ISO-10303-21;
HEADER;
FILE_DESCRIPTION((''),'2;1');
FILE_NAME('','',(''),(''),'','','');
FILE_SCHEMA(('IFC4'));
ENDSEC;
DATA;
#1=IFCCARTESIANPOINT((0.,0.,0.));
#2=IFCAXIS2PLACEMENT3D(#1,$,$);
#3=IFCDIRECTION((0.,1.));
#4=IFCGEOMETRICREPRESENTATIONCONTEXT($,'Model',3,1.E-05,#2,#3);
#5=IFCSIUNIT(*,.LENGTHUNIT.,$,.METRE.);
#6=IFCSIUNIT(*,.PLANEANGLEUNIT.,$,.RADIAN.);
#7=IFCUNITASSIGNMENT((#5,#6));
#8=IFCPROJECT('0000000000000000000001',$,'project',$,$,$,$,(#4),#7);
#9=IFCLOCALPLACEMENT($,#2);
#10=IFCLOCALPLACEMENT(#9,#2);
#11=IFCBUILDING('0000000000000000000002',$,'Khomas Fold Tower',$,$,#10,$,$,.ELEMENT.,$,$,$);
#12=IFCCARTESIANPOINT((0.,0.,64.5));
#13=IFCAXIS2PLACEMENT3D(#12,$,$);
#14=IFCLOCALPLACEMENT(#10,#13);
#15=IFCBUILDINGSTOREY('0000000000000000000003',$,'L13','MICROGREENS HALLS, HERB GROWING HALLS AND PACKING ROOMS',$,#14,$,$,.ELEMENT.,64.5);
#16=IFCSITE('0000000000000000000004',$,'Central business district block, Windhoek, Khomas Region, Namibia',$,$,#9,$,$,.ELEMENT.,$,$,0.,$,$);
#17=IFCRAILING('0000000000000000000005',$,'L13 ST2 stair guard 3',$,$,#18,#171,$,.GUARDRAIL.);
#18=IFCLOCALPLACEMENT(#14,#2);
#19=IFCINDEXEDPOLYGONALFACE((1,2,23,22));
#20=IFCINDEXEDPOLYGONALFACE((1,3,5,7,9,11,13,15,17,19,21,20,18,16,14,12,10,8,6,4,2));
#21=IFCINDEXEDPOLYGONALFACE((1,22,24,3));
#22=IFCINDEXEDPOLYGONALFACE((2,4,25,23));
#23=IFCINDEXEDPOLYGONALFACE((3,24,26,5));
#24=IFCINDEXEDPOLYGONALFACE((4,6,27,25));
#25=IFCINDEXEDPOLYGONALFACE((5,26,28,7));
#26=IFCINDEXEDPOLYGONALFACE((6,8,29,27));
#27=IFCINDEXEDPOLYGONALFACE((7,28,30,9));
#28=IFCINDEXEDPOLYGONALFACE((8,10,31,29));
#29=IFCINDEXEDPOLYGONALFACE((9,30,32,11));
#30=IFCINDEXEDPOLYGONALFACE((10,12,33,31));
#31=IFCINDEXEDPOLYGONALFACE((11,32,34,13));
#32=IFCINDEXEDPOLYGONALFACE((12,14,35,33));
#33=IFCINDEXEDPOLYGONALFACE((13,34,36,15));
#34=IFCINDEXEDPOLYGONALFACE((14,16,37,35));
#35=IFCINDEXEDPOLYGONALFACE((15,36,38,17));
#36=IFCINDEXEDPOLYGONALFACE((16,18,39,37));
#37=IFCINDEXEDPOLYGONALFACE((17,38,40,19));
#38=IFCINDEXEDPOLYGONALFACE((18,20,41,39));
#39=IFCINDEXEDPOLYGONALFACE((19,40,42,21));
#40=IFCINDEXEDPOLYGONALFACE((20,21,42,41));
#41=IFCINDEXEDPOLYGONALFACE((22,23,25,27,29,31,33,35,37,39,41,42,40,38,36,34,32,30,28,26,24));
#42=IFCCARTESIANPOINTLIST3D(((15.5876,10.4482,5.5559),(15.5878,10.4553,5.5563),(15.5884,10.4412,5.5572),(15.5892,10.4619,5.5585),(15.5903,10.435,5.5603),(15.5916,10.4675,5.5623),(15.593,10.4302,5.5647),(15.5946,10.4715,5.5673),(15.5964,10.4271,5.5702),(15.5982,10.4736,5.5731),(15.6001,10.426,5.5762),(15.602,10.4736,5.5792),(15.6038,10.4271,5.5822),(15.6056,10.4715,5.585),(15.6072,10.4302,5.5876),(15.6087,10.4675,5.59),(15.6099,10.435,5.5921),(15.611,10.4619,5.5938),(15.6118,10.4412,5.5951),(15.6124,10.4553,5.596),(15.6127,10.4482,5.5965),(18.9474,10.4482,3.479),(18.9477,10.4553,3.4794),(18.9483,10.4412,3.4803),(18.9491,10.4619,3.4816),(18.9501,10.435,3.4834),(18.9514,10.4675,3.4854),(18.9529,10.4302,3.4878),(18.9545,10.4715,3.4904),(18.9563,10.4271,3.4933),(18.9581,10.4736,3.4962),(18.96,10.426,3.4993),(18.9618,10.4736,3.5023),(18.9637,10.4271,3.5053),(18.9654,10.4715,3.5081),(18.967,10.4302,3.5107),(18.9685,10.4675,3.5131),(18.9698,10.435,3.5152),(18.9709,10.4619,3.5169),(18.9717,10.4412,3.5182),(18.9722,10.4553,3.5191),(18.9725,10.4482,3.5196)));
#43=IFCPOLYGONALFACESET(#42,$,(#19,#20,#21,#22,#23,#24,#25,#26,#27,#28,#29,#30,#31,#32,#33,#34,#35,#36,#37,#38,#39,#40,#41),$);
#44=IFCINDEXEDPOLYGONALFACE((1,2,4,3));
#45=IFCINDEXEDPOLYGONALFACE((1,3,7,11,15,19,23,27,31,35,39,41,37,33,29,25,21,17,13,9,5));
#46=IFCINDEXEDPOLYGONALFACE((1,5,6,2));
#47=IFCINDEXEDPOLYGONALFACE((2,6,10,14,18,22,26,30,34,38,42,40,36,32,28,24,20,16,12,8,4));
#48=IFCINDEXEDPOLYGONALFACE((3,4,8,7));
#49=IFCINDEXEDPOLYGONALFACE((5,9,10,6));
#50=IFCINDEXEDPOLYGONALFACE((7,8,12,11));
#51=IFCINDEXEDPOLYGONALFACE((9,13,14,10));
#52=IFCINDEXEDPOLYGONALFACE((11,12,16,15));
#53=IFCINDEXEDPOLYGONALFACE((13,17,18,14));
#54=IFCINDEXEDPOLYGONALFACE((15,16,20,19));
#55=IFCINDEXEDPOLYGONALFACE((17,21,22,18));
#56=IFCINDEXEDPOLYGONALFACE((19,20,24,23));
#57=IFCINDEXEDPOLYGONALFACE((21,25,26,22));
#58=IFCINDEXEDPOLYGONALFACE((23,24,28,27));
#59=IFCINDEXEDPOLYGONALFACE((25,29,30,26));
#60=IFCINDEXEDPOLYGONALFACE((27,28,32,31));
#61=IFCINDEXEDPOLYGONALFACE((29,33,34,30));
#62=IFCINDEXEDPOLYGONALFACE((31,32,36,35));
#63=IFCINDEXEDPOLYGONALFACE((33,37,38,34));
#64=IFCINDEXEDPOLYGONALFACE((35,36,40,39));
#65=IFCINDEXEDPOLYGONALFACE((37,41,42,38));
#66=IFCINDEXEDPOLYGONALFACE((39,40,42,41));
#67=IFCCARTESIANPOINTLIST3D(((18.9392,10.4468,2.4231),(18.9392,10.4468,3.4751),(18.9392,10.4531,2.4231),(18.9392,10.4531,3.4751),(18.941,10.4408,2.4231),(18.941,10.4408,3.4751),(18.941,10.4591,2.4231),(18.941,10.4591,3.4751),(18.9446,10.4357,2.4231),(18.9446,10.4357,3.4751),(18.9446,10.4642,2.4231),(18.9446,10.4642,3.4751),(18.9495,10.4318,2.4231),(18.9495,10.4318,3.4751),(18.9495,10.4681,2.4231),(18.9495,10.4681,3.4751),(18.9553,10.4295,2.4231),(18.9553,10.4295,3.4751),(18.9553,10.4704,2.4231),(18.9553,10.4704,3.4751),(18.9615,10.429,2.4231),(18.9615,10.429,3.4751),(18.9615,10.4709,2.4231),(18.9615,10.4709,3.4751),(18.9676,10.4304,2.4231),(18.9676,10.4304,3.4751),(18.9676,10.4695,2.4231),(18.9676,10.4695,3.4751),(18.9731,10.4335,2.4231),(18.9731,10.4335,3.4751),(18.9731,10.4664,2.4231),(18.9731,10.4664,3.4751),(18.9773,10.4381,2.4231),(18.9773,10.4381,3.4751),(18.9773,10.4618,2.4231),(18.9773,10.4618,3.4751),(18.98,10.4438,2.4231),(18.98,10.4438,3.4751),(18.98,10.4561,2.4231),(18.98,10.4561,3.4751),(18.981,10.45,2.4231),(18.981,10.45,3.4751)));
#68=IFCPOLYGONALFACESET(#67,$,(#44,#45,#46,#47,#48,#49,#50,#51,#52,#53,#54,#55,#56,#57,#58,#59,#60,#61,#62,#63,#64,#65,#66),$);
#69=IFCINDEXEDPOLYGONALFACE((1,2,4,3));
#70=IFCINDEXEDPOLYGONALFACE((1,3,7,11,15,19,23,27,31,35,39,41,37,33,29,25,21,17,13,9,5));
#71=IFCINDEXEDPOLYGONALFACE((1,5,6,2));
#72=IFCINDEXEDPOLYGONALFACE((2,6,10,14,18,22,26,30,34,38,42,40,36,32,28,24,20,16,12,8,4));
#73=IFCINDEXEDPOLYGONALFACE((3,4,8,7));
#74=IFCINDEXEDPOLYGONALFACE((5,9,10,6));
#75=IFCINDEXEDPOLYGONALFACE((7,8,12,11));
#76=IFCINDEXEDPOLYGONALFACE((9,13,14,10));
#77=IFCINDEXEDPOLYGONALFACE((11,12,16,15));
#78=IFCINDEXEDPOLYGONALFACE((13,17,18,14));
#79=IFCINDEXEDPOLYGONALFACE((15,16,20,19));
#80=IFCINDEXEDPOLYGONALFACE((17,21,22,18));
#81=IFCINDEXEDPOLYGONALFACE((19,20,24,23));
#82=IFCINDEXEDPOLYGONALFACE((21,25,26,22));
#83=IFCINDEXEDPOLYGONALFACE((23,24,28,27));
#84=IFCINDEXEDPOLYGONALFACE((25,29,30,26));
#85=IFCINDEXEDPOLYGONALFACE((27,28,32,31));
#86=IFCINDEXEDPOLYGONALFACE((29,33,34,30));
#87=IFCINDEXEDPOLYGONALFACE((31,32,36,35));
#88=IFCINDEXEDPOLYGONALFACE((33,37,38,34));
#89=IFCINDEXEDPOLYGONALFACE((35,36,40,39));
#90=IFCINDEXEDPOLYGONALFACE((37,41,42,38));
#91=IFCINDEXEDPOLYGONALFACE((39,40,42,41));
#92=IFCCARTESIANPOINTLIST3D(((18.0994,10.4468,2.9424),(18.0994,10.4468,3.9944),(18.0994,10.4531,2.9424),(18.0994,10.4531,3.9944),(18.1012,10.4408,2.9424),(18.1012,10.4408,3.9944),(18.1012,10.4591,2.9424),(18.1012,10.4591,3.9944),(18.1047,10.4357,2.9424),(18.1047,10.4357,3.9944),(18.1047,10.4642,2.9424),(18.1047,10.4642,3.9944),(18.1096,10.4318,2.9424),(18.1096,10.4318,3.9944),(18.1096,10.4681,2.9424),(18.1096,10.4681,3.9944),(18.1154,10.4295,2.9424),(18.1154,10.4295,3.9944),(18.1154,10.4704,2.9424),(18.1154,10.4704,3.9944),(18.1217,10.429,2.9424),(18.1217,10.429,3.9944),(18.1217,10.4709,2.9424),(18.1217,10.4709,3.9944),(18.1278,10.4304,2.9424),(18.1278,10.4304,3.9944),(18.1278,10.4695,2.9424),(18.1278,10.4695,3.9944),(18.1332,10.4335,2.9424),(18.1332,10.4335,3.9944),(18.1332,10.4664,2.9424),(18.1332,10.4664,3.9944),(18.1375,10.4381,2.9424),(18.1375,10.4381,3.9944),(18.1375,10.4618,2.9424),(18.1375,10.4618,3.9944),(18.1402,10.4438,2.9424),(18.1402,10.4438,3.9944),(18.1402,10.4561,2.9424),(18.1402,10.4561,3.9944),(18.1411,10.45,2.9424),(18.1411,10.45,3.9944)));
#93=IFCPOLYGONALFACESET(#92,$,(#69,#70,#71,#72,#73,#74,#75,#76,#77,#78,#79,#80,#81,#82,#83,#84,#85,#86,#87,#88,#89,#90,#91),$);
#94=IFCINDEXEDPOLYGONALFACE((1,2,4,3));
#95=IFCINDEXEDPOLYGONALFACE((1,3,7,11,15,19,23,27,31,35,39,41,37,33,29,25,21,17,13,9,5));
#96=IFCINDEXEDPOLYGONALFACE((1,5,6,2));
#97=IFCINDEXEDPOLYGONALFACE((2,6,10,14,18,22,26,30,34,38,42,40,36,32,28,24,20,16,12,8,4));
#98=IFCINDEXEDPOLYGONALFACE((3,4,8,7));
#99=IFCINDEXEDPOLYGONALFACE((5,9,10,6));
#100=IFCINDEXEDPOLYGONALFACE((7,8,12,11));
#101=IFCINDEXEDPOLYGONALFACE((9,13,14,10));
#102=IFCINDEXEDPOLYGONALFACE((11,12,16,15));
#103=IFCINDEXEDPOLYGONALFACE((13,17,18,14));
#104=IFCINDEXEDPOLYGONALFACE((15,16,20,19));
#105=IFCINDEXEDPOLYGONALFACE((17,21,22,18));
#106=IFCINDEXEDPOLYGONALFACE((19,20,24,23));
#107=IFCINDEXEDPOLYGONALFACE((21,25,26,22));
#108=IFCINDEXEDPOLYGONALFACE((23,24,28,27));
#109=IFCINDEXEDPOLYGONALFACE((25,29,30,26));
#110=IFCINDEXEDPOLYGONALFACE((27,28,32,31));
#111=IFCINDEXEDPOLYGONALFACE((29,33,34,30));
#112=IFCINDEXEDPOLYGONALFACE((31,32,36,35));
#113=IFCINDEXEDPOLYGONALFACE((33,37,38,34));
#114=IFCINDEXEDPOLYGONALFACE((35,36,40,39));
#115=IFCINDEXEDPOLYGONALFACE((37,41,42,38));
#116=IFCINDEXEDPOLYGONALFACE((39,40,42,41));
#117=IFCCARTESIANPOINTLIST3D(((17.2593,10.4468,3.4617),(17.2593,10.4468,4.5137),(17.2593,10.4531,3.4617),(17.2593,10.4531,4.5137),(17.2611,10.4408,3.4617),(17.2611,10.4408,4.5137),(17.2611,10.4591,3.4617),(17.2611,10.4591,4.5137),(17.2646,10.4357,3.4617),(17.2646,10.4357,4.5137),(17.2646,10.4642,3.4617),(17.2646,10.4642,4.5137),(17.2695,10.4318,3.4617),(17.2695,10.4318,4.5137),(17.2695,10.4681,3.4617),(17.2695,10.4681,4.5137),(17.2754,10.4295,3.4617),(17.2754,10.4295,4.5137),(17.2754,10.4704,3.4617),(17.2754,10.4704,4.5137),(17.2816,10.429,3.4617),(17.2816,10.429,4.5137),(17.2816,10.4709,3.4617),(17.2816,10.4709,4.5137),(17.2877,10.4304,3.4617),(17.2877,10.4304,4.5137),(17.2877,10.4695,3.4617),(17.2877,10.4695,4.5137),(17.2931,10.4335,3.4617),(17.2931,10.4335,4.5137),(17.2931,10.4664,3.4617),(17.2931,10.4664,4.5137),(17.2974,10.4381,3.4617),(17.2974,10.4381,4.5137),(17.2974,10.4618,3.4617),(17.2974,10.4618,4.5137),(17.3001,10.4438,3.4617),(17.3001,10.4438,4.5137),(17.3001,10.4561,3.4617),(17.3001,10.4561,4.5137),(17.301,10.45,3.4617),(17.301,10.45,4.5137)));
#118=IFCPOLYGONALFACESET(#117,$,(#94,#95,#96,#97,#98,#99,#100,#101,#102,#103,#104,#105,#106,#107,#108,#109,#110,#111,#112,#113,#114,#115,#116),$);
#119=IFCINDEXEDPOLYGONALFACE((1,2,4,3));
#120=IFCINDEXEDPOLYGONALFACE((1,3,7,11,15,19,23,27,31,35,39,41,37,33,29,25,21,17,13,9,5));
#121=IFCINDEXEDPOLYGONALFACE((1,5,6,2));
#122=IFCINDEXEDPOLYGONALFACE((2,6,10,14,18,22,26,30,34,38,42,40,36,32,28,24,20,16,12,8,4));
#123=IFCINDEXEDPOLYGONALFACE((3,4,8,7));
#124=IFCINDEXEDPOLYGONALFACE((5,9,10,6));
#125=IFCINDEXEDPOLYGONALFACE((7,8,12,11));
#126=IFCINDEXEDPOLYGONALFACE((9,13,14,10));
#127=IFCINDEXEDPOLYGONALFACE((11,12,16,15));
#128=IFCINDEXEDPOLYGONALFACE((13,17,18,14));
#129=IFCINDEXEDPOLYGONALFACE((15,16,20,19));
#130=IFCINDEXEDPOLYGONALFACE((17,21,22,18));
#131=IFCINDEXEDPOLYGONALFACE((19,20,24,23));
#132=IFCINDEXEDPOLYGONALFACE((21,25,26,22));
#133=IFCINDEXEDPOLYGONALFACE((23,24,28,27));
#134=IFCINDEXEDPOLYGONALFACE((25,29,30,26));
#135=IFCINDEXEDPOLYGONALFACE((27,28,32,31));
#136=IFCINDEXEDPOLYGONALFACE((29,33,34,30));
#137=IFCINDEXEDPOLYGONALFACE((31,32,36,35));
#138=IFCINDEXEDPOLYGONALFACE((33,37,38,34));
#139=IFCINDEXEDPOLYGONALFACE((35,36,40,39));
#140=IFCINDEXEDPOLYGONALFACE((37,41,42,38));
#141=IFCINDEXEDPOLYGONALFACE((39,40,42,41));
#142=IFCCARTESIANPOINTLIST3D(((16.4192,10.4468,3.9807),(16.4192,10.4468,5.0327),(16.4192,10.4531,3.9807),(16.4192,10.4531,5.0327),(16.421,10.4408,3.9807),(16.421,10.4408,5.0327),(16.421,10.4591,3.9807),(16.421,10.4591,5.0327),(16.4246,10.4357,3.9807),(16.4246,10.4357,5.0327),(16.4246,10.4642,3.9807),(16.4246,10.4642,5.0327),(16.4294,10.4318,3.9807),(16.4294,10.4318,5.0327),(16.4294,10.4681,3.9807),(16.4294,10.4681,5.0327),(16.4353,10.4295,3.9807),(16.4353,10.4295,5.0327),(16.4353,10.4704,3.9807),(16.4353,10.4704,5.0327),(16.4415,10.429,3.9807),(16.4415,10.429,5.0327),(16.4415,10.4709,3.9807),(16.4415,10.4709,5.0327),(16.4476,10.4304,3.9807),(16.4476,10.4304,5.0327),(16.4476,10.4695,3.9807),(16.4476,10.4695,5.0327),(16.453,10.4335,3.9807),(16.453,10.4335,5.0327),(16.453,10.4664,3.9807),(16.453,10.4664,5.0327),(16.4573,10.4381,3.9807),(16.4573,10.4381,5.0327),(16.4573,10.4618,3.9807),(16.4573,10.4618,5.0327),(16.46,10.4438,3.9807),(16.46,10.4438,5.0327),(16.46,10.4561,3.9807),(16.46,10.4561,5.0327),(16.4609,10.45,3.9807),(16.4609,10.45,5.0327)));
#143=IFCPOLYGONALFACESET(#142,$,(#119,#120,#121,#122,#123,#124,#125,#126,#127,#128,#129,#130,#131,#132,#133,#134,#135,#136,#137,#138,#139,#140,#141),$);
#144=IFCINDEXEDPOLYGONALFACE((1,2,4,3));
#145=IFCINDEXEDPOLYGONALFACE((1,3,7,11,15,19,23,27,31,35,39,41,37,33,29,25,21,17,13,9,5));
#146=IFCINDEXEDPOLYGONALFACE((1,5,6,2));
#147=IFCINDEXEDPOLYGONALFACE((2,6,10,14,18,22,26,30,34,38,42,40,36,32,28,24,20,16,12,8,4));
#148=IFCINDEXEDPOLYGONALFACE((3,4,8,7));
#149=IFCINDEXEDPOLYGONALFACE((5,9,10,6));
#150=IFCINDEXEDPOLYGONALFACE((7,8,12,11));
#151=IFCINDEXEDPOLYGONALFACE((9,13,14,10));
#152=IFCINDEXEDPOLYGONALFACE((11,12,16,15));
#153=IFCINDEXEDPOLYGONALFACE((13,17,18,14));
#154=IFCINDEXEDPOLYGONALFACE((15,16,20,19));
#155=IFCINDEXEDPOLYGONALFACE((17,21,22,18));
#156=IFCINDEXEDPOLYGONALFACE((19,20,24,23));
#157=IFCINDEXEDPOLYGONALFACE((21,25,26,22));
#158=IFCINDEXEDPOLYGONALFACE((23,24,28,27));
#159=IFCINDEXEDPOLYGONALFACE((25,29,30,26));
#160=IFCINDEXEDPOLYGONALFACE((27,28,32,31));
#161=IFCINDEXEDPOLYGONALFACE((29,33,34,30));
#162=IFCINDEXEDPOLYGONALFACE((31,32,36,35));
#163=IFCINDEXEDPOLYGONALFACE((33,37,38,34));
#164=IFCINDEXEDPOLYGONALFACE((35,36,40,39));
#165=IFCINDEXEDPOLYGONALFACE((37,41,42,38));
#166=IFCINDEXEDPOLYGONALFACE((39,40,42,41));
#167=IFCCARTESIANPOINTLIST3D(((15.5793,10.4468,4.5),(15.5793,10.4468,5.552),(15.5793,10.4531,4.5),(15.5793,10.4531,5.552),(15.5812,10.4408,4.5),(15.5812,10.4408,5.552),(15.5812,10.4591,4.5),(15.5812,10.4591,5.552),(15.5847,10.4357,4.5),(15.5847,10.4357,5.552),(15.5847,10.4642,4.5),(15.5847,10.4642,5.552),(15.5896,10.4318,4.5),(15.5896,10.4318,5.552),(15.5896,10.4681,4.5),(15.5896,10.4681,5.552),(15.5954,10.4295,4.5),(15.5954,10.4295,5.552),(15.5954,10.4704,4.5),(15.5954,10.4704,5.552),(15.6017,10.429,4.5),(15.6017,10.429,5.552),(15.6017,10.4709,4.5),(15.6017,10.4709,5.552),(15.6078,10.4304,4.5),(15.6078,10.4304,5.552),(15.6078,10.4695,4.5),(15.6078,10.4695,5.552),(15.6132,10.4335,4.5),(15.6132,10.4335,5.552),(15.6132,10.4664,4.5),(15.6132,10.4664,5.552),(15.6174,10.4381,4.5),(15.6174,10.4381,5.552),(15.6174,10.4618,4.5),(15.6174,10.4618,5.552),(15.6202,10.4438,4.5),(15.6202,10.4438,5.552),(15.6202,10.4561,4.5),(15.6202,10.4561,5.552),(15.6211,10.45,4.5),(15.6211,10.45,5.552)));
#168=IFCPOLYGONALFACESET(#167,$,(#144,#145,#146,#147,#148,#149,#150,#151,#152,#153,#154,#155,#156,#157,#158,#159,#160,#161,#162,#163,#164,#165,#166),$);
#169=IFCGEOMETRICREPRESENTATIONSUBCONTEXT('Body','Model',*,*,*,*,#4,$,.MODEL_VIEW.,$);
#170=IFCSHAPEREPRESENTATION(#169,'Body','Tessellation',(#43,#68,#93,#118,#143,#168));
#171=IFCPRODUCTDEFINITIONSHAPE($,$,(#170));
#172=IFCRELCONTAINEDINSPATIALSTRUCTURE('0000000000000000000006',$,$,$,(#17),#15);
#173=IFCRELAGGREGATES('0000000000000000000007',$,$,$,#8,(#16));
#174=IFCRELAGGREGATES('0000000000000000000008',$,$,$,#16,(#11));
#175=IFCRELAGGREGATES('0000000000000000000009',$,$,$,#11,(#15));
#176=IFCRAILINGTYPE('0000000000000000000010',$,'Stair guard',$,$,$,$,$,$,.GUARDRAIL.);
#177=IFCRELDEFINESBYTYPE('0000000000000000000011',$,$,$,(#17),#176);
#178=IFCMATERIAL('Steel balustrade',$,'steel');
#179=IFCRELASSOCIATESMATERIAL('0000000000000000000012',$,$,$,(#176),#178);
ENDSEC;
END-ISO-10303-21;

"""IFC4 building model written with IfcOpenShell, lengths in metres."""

from ifc_helpers import new_model, si_unit, direction, frame, origin, origin_2d, place, context, subcontext, project, spatial, circle, extrude, source, transform, mapped, material, type_object, element, save


model = new_model("IFC4")

# Units and contexts
model_context = context("Model", 3, precision=1e-05, world=origin(), true_north=direction((0.0, 1.0)))
body_context = subcontext(model_context, "Body", "Model", "MODEL_VIEW")
ifc_project = project(units=[si_unit("LENGTHUNIT", "METRE"), si_unit("PLANEANGLEUNIT", "RADIAN")], contexts=[model_context])

# Site, building, storey
site_placement = place(None, origin())
site = spatial("IfcSite", under=ifc_project, at=site_placement, Name="Central business district block, Windhoek, Khomas Region, Namibia", CompositionType="ELEMENT", RefElevation=0.0)
building_placement = place(site_placement, origin())
building = spatial("IfcBuilding", under=site, at=building_placement, Name="Khomas Fold Tower", CompositionType="ELEMENT")
storey_placement = place(building_placement, frame((0.0, 0.0, 64.5)))
storey = spatial("IfcBuildingStorey", under=building, at=storey_placement, Name="L13", Description="MICROGREENS HALLS, HERB GROWING HALLS AND PACKING ROOMS", CompositionType="ELEMENT", Elevation=64.5)

# Railing
ifc_material_1 = material(Name="Steel balustrade", Category="steel")
railing_type_1 = type_object("IfcRailingType", Name="Stair guard", PredefinedType="GUARDRAIL", material=ifc_material_1)
shared_shape_1 = source(origin(), body_context, "Body", "SweptSolid", [
    extrude(circle(Radius=0.0239, at=origin_2d()), frame((0.0, 0.0, 1.0762), z_axis=(-0.850606, 0.0, 0.525803), x_axis=(0.0, -1.0, 0.0)), (0.0, 0.0, 1.0), 3.95),
    extrude(circle(Radius=0.021, at=origin_2d()), origin(), (0.0, 0.0, 1.0), 1.052),
    extrude(circle(Radius=0.021, at=origin_2d()), frame((-0.8398, 0.0, 0.5193)), (0.0, 0.0, 1.0), 1.052),
    extrude(circle(Radius=0.021, at=origin_2d()), frame((-1.6799, 0.0, 1.0386)), (0.0, 0.0, 1.0), 1.052),
    extrude(circle(Radius=0.021, at=origin_2d()), frame((-2.52, 0.0, 1.5576)), (0.0, 0.0, 1.0), 1.052),
    extrude(circle(Radius=0.021, at=origin_2d()), frame((-3.3599, 0.0, 2.0769)), (0.0, 0.0, 1.0), 1.052),
])
railing_1_placement = place(storey_placement, frame((18.96, 10.45, 2.4231)))
element("IfcRailing", 1, at=railing_1_placement, inside=storey, type_object=railing_type_1, Name="L13 ST2 stair guard 3", PredefinedType="GUARDRAIL", context=body_context, shape_type="MappedRepresentation", body=[
    mapped(shared_shape_1, transform((0.0, 0.0, 0.0))),
])

save(model, "model.ifc")
